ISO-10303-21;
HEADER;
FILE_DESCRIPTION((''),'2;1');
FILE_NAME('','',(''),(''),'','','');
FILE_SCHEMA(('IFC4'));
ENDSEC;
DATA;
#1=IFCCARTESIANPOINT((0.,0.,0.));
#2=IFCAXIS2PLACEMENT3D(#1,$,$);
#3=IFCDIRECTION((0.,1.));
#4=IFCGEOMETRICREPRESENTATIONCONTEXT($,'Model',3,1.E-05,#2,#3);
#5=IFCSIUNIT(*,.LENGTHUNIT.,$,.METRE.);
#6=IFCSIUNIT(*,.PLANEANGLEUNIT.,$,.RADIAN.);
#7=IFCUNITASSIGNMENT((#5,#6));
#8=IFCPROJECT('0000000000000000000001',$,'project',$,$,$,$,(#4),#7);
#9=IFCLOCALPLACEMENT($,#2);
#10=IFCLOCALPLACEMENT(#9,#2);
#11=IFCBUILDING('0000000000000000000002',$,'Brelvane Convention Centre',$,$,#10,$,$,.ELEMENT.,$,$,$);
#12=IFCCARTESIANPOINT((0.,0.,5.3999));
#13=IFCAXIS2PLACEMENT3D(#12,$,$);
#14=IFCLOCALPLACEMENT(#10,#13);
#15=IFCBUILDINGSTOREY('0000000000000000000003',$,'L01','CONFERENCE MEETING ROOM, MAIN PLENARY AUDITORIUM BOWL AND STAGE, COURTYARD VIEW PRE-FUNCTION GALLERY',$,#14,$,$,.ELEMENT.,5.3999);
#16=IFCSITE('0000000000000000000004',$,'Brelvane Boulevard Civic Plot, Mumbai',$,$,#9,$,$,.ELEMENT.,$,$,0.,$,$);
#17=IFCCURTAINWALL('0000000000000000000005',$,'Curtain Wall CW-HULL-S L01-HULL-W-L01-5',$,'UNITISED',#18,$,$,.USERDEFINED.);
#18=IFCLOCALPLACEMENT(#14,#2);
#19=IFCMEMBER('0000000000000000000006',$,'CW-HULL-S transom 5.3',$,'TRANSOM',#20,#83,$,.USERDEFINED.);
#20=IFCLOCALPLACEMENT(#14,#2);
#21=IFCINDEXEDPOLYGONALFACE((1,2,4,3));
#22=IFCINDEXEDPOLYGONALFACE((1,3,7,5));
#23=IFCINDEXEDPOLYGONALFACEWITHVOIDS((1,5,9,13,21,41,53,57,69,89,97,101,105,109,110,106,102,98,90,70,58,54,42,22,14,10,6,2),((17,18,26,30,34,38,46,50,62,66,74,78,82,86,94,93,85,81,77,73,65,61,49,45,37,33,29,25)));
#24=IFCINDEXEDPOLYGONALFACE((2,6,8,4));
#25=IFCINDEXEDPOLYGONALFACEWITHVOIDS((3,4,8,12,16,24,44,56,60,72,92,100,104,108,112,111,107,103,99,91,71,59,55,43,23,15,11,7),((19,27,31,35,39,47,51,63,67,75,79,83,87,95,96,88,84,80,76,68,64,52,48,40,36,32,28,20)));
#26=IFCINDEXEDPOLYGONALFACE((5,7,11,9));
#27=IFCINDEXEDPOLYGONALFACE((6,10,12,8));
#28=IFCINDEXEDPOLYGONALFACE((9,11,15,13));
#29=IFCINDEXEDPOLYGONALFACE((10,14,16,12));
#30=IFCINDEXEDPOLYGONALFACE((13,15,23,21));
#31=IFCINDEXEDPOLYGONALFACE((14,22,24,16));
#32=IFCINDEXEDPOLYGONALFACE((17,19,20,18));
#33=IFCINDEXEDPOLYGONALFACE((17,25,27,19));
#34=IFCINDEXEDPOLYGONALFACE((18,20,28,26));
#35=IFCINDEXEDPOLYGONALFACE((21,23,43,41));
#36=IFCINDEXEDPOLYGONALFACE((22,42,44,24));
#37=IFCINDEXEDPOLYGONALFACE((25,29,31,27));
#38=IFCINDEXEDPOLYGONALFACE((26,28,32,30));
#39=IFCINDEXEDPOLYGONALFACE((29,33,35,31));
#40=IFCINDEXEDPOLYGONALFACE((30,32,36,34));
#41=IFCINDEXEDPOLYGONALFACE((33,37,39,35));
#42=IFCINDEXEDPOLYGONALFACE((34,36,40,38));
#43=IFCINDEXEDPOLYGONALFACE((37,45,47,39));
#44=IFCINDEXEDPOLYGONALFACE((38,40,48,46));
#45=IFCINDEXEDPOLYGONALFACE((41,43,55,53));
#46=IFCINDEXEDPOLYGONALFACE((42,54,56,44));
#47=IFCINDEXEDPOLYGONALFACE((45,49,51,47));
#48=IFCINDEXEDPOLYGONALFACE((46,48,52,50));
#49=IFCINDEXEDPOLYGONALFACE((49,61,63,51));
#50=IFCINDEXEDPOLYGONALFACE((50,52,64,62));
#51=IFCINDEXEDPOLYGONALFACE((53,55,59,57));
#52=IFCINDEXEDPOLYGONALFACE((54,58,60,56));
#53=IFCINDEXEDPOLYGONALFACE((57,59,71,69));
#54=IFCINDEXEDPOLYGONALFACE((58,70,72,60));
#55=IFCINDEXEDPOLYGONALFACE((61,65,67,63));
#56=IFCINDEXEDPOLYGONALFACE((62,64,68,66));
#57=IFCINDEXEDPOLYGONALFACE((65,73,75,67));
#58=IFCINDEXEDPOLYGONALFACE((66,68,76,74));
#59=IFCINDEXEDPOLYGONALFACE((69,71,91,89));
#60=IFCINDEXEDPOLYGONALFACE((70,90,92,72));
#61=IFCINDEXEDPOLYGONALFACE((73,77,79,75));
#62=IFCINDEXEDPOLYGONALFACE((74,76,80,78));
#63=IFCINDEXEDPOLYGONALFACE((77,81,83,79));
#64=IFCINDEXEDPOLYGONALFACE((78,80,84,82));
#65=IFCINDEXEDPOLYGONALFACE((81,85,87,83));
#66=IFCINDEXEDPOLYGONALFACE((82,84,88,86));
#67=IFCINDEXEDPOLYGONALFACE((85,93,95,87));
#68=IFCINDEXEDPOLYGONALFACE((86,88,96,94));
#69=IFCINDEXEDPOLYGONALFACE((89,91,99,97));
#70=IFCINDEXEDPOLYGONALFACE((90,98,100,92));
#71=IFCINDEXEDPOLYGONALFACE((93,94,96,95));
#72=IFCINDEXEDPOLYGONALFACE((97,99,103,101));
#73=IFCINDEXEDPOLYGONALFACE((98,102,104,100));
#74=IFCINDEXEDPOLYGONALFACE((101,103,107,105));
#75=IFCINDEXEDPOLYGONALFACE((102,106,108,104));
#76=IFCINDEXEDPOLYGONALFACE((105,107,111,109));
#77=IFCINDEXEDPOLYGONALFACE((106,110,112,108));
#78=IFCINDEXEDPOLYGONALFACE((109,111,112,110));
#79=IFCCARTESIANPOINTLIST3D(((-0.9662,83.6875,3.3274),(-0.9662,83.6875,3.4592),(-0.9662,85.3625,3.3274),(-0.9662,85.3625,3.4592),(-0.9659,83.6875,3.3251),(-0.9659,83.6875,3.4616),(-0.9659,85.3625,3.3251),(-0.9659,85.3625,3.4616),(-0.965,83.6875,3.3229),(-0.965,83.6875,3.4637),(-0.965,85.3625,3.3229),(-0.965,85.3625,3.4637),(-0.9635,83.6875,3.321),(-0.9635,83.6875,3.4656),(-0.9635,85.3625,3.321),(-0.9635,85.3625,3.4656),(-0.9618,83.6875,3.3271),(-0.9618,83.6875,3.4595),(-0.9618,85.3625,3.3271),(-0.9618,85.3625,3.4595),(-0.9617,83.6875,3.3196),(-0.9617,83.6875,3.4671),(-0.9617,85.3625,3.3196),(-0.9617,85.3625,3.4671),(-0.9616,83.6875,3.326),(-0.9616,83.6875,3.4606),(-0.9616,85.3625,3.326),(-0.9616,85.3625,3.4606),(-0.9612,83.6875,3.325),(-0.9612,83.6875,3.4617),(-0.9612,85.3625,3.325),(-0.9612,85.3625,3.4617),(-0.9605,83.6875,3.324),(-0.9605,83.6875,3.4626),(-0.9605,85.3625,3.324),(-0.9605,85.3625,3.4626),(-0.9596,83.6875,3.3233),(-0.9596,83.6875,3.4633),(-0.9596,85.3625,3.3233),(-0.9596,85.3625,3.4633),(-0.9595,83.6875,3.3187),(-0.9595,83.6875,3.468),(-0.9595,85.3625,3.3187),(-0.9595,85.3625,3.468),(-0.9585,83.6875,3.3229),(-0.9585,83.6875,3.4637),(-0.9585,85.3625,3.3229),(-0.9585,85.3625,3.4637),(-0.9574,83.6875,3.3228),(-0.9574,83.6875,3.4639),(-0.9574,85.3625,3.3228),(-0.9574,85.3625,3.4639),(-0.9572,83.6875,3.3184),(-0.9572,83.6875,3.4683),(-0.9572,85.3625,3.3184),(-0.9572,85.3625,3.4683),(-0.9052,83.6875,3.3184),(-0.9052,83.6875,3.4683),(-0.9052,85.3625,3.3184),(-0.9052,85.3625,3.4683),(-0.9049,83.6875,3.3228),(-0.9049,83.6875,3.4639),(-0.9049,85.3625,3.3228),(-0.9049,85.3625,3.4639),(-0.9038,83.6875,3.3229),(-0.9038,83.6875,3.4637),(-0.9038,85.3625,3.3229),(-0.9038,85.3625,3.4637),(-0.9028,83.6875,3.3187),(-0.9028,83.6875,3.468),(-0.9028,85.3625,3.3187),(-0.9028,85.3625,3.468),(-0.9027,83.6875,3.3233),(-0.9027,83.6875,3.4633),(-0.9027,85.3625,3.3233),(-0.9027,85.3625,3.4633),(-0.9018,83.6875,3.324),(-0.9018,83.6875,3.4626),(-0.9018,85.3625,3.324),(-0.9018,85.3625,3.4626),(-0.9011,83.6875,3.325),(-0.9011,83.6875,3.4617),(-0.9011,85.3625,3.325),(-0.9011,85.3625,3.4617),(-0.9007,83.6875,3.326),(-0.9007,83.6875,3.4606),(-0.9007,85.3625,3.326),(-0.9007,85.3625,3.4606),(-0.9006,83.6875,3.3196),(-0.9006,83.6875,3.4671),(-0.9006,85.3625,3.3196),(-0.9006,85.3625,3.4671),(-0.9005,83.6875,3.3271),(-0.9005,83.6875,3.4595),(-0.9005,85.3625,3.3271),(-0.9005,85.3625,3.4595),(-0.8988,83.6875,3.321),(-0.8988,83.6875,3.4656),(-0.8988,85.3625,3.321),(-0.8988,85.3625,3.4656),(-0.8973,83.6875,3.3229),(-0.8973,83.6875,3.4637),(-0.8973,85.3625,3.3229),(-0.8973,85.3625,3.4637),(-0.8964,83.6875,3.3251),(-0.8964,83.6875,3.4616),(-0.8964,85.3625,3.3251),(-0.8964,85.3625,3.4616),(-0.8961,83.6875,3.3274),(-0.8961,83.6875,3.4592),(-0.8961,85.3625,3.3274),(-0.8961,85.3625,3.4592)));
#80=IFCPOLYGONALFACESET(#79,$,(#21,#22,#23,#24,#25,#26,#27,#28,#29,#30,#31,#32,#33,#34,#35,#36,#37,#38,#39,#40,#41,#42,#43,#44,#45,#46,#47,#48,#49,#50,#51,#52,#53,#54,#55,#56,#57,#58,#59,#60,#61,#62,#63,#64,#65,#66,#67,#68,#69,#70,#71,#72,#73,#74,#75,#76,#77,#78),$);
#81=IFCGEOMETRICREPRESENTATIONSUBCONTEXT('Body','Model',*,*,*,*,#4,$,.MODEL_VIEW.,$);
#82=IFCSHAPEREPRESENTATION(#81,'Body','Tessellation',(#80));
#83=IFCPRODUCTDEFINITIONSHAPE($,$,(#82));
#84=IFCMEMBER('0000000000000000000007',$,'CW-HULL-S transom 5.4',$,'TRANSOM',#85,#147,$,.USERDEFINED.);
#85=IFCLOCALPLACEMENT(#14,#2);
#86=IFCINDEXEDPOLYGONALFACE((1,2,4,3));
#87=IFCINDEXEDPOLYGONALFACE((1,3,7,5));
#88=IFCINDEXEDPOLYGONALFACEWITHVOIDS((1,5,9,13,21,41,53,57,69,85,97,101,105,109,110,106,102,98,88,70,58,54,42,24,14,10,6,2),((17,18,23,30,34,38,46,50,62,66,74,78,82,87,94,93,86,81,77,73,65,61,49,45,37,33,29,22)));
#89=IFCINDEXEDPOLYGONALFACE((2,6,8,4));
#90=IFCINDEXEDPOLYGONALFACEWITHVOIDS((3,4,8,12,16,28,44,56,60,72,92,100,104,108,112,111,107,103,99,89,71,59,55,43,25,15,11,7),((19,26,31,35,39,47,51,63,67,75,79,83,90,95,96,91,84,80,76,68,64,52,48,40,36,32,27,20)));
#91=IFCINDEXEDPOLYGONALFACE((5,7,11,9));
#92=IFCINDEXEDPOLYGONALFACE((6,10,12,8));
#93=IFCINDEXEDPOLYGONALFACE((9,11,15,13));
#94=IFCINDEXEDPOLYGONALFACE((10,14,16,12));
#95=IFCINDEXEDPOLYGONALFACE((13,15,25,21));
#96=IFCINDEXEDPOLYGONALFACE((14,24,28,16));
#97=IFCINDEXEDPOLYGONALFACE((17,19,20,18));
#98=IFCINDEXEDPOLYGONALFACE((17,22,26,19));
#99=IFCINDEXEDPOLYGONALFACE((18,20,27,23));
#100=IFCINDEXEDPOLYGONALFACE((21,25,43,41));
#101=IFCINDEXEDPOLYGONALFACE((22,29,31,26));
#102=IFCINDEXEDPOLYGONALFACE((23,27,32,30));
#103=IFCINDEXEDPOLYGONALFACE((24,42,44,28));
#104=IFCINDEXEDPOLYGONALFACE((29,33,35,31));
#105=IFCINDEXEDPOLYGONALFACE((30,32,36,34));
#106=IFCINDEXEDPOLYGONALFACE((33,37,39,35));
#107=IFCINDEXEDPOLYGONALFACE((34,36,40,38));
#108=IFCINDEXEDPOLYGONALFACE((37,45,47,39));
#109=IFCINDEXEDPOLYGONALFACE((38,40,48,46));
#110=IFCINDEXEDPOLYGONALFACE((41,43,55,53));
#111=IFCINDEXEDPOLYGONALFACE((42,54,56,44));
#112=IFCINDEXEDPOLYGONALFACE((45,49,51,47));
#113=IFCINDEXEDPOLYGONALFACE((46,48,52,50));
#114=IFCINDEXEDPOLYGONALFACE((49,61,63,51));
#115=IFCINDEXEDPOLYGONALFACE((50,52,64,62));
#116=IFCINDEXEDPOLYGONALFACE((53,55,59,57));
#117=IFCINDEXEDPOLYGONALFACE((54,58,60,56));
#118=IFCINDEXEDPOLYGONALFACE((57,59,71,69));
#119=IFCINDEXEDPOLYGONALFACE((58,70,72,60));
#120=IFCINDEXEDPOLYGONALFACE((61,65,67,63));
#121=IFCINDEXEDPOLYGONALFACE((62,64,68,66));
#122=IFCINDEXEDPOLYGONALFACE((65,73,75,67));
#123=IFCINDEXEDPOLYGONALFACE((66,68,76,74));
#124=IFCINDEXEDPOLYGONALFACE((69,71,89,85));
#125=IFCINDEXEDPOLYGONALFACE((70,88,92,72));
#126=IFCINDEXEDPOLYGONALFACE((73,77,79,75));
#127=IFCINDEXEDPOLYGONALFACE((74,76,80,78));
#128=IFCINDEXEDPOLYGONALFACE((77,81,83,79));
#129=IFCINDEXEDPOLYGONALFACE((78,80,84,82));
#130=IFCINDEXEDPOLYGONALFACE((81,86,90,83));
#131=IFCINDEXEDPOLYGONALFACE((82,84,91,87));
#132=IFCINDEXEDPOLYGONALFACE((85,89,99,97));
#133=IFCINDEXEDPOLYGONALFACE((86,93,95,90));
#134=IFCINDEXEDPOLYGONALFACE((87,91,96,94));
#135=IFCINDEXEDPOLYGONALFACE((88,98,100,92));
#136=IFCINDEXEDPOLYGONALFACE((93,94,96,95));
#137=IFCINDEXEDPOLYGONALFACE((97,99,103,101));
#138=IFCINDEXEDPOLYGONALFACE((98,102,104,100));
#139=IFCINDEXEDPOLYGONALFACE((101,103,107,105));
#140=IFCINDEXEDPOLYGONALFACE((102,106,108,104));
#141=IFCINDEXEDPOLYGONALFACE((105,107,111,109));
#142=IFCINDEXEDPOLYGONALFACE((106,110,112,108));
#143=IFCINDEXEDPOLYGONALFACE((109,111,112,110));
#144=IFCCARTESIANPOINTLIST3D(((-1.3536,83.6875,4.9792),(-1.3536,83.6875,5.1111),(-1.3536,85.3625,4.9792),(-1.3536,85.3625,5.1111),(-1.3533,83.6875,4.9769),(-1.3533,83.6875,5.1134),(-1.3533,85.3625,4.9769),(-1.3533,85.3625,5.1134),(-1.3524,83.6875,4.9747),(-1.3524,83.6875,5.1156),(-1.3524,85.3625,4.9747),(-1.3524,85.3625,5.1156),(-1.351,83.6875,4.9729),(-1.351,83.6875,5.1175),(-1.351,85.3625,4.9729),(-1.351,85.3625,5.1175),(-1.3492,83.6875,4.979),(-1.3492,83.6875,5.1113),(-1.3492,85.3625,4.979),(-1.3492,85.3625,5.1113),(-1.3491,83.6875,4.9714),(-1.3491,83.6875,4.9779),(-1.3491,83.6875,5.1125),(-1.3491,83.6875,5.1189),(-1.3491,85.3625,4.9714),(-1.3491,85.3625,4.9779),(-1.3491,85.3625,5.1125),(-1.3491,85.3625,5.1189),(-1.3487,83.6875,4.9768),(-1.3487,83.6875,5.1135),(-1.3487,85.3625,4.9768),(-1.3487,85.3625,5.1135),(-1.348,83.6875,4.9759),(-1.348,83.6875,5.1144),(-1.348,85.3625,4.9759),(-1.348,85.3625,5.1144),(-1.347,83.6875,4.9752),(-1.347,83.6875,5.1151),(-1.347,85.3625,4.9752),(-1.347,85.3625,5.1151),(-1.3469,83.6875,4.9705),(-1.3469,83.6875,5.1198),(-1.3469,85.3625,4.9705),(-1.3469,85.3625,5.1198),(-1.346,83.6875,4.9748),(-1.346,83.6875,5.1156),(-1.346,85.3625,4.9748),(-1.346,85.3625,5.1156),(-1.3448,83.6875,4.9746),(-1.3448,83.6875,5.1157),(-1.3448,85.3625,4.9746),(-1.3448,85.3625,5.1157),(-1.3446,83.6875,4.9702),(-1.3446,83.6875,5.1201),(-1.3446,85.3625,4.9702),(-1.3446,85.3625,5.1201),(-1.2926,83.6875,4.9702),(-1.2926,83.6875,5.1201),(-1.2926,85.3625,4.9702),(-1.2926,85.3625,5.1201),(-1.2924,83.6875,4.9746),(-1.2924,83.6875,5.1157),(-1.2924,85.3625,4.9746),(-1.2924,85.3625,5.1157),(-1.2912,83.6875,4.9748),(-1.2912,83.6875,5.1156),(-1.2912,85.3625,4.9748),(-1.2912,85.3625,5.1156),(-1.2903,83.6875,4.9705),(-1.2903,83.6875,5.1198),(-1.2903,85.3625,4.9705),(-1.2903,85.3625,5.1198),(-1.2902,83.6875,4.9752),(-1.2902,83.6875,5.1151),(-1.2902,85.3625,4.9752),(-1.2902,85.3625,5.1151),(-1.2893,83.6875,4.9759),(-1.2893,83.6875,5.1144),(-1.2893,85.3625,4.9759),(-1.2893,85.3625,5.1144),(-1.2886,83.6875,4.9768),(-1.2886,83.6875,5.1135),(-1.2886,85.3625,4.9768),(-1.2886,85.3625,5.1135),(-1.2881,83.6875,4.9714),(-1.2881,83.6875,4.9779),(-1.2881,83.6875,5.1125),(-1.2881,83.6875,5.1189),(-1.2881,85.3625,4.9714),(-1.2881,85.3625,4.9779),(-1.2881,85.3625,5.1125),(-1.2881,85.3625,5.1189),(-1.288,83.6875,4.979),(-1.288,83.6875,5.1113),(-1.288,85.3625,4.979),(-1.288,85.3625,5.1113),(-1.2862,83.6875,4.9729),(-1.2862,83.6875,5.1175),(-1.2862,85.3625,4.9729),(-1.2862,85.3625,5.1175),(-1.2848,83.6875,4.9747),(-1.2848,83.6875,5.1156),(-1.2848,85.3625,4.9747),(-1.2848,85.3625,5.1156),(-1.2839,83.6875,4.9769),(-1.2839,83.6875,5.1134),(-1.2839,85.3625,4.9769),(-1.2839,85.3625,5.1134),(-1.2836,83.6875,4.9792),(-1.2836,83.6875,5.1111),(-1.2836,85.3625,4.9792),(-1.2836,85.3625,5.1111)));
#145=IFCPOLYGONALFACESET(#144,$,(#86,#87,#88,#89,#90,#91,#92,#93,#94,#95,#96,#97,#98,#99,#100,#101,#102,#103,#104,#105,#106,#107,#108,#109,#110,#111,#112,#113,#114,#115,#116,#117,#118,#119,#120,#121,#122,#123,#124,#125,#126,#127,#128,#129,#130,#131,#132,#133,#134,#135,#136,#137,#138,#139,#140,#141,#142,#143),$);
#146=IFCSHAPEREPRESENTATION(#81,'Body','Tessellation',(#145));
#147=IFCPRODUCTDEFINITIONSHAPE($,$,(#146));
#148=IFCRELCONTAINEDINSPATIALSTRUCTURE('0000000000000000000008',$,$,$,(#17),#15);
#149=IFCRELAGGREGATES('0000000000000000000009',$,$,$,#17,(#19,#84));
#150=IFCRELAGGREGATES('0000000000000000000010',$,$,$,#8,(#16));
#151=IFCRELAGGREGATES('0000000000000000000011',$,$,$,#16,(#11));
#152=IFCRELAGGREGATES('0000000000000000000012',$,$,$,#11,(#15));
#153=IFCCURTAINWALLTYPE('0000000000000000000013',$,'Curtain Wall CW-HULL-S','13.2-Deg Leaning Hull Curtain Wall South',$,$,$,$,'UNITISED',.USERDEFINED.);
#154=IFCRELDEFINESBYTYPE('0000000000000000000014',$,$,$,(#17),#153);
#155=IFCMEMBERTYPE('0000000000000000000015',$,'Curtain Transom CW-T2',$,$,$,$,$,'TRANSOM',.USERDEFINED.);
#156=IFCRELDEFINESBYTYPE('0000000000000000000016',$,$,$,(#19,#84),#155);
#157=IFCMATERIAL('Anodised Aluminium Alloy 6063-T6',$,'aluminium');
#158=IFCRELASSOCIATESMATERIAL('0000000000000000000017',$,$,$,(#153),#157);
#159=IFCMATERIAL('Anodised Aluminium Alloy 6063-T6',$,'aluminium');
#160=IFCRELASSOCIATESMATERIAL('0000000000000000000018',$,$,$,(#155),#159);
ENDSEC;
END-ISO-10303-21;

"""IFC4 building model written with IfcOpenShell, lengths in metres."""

from ifc_helpers import new_model, si_unit, direction, frame, origin, origin_2d, place, context, subcontext, project, spatial, hollow_rectangle, extrude, material, material_profile, profile_set, type_object, element, aggregate, save


model = new_model("IFC4")

# Units and contexts
model_context = context("Model", 3, precision=1e-05, world=origin(), true_north=direction((0.0, 1.0)))
body_context = subcontext(model_context, "Body", "Model", "MODEL_VIEW")
ifc_project = project(units=[si_unit("LENGTHUNIT", "METRE"), si_unit("PLANEANGLEUNIT", "RADIAN")], contexts=[model_context])

# Site, building, storey
site_placement = place(None, origin())
site = spatial("IfcSite", under=ifc_project, at=site_placement, Name="Brelvane Boulevard Civic Plot, Mumbai", CompositionType="ELEMENT", RefElevation=0.0)
building_placement = place(site_placement, origin())
building = spatial("IfcBuilding", under=site, at=building_placement, Name="Brelvane Convention Centre", CompositionType="ELEMENT")
storey_placement = place(building_placement, frame((0.0, 0.0, 5.3999)))
storey = spatial("IfcBuildingStorey", under=building, at=storey_placement, Name="L01", Description="CONFERENCE MEETING ROOM, MAIN PLENARY AUDITORIUM BOWL AND STAGE, COURTYARD VIEW PRE-FUNCTION GALLERY", CompositionType="ELEMENT", Elevation=5.3999)

# Curtain wall, members
ifc_material_1 = material(Name="Anodised Aluminium Alloy 6063-T6", Category="aluminium")
curtain_wall_type = type_object("IfcCurtainWallType", Name="Curtain Wall CW-HULL-S", Description="13.2-Deg Leaning Hull Curtain Wall South", ElementType="UNITISED", PredefinedType="USERDEFINED", material=ifc_material_1)
curtain_wall_placement = place(storey_placement, origin())
curtain_wall = element("IfcCurtainWall", 1, at=curtain_wall_placement, inside=storey, type_object=curtain_wall_type, Name="Curtain Wall CW-HULL-S L01-HULL-W-L01-5", ObjectType="UNITISED", PredefinedType="USERDEFINED")
ifc_material_2 = material(Name="Anodised Aluminium Alloy 6063-T6", Category="aluminium")
ifc_material_profile_1 = material_profile(ifc_material_2, hollow_rectangle(XDim=0.0701, YDim=0.1499, WallThickness=0.0044, InnerFilletRadius=0.0044, OuterFilletRadius=0.009, at=origin_2d()), Name="ALU-T 150x70x4.5")
ifc_profile_set_1 = profile_set([ifc_material_profile_1], Name="Anodised Aluminium Alloy 6063-T6")
member_type_1 = type_object("IfcMemberType", Name="Curtain Transom CW-T2", ElementType="TRANSOM", PredefinedType="USERDEFINED", material=ifc_profile_set_1)
member_1_placement = place(storey_placement, frame((-0.9312, 83.6875, 3.3933), z_axis=(0.0, 1.0, 0.0), x_axis=(-1.0, 0.0, 0.0)))
member_1 = element("IfcMember", 2, at=member_1_placement, type_object=member_type_1, Name="CW-HULL-S transom 5.3", ObjectType="TRANSOM", PredefinedType="USERDEFINED", context=body_context, shape_type="SweptSolid", body=[
    extrude(hollow_rectangle(XDim=0.0701, YDim=0.1499, WallThickness=0.0044, InnerFilletRadius=0.0044, OuterFilletRadius=0.009, at=origin_2d()), origin(), (0.0, 0.0, 1.0), 1.675),
])
member_2_placement = place(storey_placement, frame((-1.3186, 83.6875, 5.0452), z_axis=(0.0, 1.0, 0.0), x_axis=(-1.0, 0.0, 0.0)))
member_2 = element("IfcMember", 3, at=member_2_placement, type_object=member_type_1, Name="CW-HULL-S transom 5.4", ObjectType="TRANSOM", PredefinedType="USERDEFINED", context=body_context, shape_type="SweptSolid", body=[
    extrude(hollow_rectangle(XDim=0.0701, YDim=0.1499, WallThickness=0.0044, InnerFilletRadius=0.0044, OuterFilletRadius=0.009, at=origin_2d()), origin(), (0.0, 0.0, 1.0), 1.675),
])
aggregate(curtain_wall, [member_1, member_2])

save(model, "model.ifc")
